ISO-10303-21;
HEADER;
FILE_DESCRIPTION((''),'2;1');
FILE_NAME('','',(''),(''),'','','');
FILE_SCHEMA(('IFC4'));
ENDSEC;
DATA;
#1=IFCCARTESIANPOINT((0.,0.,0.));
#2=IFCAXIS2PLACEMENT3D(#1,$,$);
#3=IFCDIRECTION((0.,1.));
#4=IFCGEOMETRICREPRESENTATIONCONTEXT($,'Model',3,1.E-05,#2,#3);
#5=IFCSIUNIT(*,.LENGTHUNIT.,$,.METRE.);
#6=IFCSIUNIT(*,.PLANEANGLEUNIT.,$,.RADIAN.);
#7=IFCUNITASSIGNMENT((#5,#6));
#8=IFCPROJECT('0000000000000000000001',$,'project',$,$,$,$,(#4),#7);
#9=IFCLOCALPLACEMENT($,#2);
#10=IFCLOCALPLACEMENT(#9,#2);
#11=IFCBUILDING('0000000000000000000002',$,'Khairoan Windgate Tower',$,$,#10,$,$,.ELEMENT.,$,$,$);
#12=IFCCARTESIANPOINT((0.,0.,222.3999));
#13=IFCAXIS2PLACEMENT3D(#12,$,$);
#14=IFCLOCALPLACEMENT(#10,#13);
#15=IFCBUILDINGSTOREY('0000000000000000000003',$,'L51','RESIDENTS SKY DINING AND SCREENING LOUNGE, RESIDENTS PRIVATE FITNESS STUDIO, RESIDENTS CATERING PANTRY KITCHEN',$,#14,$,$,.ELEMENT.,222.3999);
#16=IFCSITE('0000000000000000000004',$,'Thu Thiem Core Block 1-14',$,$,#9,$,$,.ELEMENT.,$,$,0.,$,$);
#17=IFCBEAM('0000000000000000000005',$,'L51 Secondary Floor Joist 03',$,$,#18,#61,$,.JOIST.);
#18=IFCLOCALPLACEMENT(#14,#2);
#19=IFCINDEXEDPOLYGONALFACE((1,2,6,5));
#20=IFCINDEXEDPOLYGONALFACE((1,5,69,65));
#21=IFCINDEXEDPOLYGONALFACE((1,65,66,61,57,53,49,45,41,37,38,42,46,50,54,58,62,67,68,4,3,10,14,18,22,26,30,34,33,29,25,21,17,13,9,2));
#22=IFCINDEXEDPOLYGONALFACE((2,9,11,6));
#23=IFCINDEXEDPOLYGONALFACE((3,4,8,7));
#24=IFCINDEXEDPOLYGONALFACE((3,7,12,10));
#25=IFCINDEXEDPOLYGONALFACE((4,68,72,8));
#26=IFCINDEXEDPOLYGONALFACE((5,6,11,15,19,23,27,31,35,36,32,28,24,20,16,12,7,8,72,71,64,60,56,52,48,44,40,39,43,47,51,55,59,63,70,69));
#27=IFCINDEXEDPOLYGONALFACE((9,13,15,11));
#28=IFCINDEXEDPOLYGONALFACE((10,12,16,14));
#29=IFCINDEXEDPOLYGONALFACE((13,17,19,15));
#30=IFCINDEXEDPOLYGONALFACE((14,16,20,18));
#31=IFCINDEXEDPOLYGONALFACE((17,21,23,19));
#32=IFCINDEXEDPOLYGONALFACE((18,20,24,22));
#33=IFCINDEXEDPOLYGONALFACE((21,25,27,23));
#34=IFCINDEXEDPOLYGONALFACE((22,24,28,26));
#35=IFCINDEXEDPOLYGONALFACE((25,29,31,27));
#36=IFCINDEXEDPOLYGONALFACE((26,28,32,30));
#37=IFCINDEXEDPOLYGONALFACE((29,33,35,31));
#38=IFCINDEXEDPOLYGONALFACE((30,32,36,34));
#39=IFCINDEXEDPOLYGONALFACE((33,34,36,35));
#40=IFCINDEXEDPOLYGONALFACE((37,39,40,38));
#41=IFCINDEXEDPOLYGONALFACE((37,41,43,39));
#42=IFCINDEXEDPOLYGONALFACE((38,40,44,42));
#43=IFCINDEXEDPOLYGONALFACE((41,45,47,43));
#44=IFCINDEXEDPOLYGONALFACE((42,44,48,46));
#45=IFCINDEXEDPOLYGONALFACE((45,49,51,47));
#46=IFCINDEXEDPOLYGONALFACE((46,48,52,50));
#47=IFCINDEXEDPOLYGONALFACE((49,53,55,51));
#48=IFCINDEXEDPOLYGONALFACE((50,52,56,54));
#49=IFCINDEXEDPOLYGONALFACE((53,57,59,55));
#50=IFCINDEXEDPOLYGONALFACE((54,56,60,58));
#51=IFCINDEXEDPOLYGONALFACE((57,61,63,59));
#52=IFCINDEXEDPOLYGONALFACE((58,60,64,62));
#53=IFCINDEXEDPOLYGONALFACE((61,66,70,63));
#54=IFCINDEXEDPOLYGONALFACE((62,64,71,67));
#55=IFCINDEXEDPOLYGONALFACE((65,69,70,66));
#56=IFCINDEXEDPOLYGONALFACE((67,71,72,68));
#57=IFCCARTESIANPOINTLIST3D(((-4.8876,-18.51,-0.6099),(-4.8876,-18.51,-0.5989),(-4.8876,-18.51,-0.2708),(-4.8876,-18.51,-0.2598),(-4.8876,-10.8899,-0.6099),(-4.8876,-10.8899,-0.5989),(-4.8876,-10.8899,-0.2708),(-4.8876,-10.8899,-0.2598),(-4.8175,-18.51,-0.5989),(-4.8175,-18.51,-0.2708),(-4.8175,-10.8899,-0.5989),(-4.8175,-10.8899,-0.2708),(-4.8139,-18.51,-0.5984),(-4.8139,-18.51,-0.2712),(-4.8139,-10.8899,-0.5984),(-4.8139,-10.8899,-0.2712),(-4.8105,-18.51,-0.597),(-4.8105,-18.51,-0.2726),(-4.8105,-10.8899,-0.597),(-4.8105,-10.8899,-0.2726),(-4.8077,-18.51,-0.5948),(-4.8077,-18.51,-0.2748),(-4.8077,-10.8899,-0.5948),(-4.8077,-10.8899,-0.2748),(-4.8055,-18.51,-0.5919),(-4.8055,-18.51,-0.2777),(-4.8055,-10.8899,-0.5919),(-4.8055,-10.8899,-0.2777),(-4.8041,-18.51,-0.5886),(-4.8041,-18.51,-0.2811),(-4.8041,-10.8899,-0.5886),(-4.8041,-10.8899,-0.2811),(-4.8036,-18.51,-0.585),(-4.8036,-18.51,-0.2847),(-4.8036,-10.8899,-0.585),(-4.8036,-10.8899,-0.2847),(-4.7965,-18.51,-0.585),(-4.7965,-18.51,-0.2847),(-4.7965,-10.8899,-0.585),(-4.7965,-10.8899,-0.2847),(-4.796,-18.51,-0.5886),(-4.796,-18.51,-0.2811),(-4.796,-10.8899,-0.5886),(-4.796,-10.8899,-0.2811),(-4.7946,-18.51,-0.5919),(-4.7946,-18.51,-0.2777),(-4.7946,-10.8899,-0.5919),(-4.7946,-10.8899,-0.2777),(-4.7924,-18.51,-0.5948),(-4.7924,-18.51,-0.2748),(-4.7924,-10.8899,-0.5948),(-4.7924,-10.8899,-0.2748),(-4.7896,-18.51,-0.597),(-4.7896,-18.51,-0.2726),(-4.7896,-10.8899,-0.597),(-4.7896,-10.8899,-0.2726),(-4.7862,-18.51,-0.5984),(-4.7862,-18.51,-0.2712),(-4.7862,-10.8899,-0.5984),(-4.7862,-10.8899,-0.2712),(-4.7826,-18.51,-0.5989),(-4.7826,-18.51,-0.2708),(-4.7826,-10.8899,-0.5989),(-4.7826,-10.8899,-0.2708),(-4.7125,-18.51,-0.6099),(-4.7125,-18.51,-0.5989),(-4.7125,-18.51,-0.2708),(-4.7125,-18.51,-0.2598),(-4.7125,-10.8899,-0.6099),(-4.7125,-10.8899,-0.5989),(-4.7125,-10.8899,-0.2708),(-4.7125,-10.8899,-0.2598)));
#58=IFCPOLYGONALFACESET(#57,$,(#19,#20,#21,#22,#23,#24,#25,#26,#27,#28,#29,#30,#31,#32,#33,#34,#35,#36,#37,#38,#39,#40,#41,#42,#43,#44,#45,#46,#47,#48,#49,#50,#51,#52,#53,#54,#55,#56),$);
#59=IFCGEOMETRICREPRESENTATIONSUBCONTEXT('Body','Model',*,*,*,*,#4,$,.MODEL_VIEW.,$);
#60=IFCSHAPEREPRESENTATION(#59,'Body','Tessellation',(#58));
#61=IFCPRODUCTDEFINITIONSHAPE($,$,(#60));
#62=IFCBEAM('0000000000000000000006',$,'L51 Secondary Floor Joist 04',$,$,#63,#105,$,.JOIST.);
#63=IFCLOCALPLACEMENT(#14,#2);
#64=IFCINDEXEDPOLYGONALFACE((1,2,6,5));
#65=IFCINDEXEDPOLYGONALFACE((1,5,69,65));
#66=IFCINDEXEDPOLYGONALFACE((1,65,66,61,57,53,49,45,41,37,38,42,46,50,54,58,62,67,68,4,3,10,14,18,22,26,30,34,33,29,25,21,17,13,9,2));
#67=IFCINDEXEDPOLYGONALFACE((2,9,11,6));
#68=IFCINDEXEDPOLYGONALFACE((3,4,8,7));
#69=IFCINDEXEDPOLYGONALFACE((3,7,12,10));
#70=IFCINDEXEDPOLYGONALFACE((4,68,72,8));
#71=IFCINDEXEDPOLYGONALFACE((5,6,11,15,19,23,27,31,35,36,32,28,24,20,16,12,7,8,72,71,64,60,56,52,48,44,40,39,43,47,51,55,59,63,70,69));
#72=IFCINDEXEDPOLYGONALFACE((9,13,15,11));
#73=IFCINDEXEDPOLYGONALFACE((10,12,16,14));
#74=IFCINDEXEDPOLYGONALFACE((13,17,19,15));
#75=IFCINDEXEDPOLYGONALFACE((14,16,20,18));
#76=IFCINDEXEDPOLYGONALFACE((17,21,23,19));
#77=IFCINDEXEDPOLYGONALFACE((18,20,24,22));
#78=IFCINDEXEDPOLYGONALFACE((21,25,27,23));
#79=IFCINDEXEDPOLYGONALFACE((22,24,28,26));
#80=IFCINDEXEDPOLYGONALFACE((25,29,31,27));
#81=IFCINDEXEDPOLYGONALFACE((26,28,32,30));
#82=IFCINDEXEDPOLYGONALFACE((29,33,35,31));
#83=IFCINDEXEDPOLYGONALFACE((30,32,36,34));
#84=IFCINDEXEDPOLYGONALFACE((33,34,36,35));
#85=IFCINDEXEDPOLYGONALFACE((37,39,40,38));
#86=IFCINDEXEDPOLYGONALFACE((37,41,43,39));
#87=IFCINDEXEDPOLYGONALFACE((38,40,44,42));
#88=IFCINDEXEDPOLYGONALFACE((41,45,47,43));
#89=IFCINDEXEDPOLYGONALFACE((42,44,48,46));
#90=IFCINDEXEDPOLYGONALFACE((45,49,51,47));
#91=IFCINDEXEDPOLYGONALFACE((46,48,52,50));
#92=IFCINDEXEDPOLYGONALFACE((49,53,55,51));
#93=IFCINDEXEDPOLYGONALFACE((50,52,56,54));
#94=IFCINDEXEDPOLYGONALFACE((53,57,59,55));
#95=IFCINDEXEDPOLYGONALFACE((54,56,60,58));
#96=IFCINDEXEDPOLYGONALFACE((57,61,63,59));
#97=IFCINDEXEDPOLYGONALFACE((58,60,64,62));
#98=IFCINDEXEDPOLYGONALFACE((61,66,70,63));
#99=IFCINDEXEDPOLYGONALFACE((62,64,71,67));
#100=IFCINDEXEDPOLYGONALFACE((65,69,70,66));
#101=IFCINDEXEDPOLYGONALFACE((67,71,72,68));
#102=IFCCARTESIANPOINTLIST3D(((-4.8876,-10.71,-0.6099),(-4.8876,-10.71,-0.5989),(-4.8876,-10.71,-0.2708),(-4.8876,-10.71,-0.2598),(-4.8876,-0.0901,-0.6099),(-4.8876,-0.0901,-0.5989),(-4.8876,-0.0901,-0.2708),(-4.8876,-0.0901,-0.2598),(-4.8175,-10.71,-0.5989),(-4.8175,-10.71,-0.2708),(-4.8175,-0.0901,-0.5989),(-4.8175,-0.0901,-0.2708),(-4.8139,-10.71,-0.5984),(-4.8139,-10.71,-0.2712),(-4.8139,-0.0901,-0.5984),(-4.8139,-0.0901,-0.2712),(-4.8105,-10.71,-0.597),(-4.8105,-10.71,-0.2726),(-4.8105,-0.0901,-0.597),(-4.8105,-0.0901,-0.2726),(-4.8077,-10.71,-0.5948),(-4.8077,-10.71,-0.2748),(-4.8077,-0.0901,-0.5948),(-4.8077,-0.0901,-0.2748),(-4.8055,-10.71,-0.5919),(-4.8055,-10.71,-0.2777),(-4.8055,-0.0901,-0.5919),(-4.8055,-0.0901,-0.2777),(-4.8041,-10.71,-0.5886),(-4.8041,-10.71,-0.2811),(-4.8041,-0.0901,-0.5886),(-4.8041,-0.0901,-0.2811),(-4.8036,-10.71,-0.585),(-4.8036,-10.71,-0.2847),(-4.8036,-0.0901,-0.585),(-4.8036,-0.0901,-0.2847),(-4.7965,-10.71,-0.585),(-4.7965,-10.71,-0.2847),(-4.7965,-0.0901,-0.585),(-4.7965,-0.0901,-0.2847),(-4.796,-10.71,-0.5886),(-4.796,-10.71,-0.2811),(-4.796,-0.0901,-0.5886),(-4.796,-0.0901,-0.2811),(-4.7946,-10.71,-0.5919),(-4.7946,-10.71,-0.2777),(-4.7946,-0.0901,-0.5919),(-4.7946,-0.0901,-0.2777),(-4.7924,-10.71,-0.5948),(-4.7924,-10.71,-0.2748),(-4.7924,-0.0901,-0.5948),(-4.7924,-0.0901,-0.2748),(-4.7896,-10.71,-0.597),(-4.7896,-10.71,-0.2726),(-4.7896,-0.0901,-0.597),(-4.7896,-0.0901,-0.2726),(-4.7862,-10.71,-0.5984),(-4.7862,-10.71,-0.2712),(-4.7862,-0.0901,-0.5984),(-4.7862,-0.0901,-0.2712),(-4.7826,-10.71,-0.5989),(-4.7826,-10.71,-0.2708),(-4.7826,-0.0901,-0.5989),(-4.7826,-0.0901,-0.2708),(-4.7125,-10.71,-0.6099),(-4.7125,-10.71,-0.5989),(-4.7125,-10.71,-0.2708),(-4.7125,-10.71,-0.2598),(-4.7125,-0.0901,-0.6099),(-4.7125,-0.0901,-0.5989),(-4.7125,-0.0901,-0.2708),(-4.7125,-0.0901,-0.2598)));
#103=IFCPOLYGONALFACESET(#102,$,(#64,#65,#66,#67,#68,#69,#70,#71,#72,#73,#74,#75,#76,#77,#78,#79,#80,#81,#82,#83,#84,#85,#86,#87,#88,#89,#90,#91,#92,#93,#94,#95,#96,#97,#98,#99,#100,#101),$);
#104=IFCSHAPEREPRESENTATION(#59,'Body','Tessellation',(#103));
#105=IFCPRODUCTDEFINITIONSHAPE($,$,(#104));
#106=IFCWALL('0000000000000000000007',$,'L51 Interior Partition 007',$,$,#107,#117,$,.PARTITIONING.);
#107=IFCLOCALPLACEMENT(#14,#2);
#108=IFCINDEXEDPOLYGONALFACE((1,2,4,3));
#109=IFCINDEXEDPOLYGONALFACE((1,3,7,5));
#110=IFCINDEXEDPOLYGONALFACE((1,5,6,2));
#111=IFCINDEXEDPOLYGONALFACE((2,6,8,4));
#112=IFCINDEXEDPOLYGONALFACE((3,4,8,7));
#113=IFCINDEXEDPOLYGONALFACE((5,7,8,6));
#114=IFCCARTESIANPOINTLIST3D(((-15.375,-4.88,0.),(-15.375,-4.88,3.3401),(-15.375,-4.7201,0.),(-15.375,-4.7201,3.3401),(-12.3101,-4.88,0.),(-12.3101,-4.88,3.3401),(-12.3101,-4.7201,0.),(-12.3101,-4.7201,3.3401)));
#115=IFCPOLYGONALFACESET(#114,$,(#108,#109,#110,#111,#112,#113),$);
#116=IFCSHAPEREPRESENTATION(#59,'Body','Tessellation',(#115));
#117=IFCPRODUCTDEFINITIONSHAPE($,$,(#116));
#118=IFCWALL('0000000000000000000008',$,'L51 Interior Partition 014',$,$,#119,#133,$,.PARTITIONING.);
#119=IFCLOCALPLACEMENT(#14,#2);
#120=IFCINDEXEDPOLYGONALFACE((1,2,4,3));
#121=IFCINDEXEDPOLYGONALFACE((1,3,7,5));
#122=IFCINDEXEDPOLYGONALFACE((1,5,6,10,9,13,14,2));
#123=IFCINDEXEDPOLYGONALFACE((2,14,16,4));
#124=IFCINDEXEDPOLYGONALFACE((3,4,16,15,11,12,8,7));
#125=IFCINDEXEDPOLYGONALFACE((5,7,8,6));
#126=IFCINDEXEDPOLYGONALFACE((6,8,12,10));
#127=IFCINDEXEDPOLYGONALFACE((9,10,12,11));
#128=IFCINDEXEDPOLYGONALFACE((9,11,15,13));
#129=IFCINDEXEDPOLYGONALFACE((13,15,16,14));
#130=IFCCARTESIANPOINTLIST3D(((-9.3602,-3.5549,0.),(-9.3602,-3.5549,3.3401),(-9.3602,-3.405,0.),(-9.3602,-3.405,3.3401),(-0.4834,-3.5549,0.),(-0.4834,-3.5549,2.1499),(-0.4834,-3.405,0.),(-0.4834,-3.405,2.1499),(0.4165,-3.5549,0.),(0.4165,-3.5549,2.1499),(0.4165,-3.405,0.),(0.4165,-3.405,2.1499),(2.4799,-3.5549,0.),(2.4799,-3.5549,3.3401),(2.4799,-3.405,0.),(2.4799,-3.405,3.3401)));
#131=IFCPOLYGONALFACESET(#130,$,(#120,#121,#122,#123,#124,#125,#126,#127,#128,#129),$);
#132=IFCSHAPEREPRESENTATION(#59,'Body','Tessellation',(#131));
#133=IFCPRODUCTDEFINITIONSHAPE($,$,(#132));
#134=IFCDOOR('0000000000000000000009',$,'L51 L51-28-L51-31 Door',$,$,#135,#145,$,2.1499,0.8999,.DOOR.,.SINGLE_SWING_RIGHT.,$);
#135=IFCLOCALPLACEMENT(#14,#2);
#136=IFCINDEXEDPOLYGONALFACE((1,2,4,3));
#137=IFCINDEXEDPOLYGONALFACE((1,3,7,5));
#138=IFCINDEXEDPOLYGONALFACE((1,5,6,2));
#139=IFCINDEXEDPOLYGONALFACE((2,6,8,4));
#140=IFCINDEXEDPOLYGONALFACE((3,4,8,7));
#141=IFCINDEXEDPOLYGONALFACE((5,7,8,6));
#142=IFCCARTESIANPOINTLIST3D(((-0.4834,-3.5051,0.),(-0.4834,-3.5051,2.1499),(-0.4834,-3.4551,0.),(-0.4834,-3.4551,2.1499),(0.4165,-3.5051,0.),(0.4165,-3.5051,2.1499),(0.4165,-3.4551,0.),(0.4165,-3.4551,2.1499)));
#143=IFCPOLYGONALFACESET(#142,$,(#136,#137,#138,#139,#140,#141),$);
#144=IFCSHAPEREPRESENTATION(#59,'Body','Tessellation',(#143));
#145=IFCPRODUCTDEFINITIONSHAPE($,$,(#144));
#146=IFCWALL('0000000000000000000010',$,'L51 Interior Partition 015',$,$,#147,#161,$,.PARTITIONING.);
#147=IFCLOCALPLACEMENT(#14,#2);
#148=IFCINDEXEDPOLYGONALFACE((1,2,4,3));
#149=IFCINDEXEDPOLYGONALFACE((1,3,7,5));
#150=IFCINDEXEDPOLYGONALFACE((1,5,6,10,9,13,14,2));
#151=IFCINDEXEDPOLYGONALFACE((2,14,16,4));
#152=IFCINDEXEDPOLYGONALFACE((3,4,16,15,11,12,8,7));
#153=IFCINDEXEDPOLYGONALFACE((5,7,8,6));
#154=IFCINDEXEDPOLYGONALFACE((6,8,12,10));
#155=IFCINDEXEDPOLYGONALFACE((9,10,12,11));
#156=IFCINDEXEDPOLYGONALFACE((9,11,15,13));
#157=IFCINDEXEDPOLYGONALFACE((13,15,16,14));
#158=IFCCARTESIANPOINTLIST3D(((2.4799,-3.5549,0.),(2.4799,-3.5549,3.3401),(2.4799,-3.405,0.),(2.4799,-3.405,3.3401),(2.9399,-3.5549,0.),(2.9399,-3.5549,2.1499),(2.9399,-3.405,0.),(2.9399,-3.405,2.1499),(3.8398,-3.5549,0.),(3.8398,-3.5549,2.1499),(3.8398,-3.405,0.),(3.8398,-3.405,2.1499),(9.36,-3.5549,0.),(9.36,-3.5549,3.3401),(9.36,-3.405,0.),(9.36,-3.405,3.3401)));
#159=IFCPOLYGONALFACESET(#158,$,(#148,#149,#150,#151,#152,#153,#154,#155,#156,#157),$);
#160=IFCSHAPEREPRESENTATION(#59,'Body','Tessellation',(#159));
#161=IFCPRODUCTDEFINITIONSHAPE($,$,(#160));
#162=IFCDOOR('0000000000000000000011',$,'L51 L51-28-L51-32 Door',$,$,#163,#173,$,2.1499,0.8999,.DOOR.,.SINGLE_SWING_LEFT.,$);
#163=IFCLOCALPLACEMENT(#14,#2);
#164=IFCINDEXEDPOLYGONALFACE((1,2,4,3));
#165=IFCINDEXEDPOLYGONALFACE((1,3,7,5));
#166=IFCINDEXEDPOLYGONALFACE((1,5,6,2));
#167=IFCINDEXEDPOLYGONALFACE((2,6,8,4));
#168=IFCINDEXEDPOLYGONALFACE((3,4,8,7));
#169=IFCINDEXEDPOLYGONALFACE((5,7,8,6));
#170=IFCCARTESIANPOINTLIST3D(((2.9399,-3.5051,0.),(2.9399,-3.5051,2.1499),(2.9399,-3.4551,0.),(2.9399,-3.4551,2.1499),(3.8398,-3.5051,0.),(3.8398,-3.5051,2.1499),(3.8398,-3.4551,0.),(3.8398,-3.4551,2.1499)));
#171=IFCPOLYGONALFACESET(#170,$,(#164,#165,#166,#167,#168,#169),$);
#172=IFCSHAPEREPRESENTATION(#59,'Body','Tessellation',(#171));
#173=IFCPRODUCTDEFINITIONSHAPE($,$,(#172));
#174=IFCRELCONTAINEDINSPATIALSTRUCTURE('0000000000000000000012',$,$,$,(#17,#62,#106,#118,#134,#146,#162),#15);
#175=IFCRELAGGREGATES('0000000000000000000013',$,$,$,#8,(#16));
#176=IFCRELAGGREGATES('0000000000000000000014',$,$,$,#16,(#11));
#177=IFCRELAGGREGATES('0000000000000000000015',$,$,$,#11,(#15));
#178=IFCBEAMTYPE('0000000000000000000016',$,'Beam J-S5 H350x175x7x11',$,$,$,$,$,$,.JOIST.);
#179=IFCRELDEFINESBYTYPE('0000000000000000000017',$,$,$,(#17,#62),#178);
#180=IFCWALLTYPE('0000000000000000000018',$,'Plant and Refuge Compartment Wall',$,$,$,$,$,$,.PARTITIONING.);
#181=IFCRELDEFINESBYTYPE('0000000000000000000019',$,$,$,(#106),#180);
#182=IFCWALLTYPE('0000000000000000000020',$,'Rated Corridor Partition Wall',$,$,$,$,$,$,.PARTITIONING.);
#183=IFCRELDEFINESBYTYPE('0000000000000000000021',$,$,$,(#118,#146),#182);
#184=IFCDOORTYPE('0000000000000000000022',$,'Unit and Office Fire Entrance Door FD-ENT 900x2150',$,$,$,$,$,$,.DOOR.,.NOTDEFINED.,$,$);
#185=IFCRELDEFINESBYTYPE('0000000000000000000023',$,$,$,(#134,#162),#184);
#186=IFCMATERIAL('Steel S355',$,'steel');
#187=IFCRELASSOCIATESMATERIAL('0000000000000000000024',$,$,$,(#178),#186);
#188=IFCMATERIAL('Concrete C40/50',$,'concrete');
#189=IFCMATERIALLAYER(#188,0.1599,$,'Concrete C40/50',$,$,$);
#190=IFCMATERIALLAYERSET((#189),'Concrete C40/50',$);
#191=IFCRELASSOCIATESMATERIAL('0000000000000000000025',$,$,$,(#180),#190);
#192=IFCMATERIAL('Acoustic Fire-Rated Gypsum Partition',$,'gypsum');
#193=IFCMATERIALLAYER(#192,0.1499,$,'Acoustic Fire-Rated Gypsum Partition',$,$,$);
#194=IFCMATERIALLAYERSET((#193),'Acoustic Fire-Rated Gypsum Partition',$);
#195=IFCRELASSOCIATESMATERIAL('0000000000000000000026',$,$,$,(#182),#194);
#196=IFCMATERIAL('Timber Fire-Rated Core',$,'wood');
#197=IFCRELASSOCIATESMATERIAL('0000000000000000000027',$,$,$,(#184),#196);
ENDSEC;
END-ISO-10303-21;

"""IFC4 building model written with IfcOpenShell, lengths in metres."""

from ifc_helpers import new_model, si_unit, direction, frame, frame_2d, origin, origin_2d, place, context, subcontext, project, spatial, rectangle, i_section, extrude, material, layer, layer_set, material_profile, profile_set, type_object, element, fill, save


model = new_model("IFC4")

# Units and contexts
model_context = context("Model", 3, precision=1e-05, world=origin(), true_north=direction((0.0, 1.0)))
body_context = subcontext(model_context, "Body", "Model", "MODEL_VIEW")
ifc_project = project(units=[si_unit("LENGTHUNIT", "METRE"), si_unit("PLANEANGLEUNIT", "RADIAN")], contexts=[model_context])

# Site, building, storey
site_placement = place(None, origin())
site = spatial("IfcSite", under=ifc_project, at=site_placement, Name="Thu Thiem Core Block 1-14", CompositionType="ELEMENT", RefElevation=0.0)
building_placement = place(site_placement, origin())
building = spatial("IfcBuilding", under=site, at=building_placement, Name="Khairoan Windgate Tower", CompositionType="ELEMENT")
storey_placement = place(building_placement, frame((0.0, 0.0, 222.3999)))
storey = spatial("IfcBuildingStorey", under=building, at=storey_placement, Name="L51", Description="RESIDENTS SKY DINING AND SCREENING LOUNGE, RESIDENTS PRIVATE FITNESS STUDIO, RESIDENTS CATERING PANTRY KITCHEN", CompositionType="ELEMENT", Elevation=222.3999)

# Beams
ifc_material_1 = material(Name="Steel S355", Category="steel")
ifc_material_profile_1 = material_profile(ifc_material_1, i_section(OverallWidth=0.175, OverallDepth=0.3501, WebThickness=0.0071, FlangeThickness=0.011, FilletRadius=0.0139, at=origin_2d()))
ifc_profile_set_1 = profile_set([ifc_material_profile_1], Name="Steel S355")
beam_type_1 = type_object("IfcBeamType", Name="Beam J-S5 H350x175x7x11", PredefinedType="JOIST", material=ifc_profile_set_1)
beam_1_placement = place(storey_placement, frame((-4.8, -18.51, -0.4348), z_axis=(0.0, 1.0, 0.0), x_axis=(-1.0, 0.0, 0.0)))
element("IfcBeam", 1, at=beam_1_placement, inside=storey, type_object=beam_type_1, Name="L51 Secondary Floor Joist 03", PredefinedType="JOIST", context=body_context, shape_type="SweptSolid", body=[
    extrude(i_section(OverallWidth=0.175, OverallDepth=0.3501, WebThickness=0.0071, FlangeThickness=0.011, FilletRadius=0.0139, at=origin_2d()), origin(), (0.0, 0.0, 1.0), 7.6201),
])
beam_2_placement = place(storey_placement, frame((-4.8, -10.71, -0.4348), z_axis=(0.0, 1.0, 0.0), x_axis=(-1.0, 0.0, 0.0)))
element("IfcBeam", 2, at=beam_2_placement, inside=storey, type_object=beam_type_1, Name="L51 Secondary Floor Joist 04", PredefinedType="JOIST", context=body_context, shape_type="SweptSolid", body=[
    extrude(i_section(OverallWidth=0.175, OverallDepth=0.3501, WebThickness=0.0071, FlangeThickness=0.011, FilletRadius=0.0139, at=origin_2d()), origin(), (0.0, 0.0, 1.0), 10.6199),
])

# Wall
ifc_material_2 = material(Name="Concrete C40/50", Category="concrete")
ifc_layer_1 = layer(ifc_material_2, 0.1599, Name="Concrete C40/50")
ifc_layer_set_1 = layer_set([ifc_layer_1], Name="Concrete C40/50")
wall_type_1 = type_object("IfcWallType", Name="Plant and Refuge Compartment Wall", PredefinedType="PARTITIONING", material=ifc_layer_set_1)
wall_1_placement = place(storey_placement, frame((-15.375, -4.8, 0.0), z_axis=(0.0, 0.0, 1.0), x_axis=(1.0, 0.0, 0.0)))
element("IfcWall", 3, at=wall_1_placement, inside=storey, type_object=wall_type_1, Name="L51 Interior Partition 007", PredefinedType="PARTITIONING", context=body_context, shape_type="SweptSolid", body=[
    extrude(rectangle(XDim=3.0649, YDim=0.1599, at=frame_2d((1.5325, 0.0))), origin(), (0.0, 0.0, 1.0), 3.3401),
])

# Walls, openings, doors
ifc_material_3 = material(Name="Acoustic Fire-Rated Gypsum Partition", Category="gypsum")
ifc_layer_2 = layer(ifc_material_3, 0.1499, Name="Acoustic Fire-Rated Gypsum Partition")
ifc_layer_set_2 = layer_set([ifc_layer_2], Name="Acoustic Fire-Rated Gypsum Partition")
wall_type_2 = type_object("IfcWallType", Name="Rated Corridor Partition Wall", PredefinedType="PARTITIONING", material=ifc_layer_set_2)
wall_2_placement = place(storey_placement, frame((-9.3601, -3.48, 0.0), z_axis=(0.0, 0.0, 1.0), x_axis=(1.0, 0.0, 0.0)))
wall_2 = element("IfcWall", 4, at=wall_2_placement, inside=storey, type_object=wall_type_2, Name="L51 Interior Partition 014", PredefinedType="PARTITIONING", context=body_context, shape_type="SweptSolid", body=[
    extrude(rectangle(XDim=11.8401, YDim=0.1499, at=frame_2d((5.9199, 0.0))), origin(), (0.0, 0.0, 1.0), 3.3401),
])
opening_1_placement = place(wall_2_placement, frame((8.8767, 0.0, 0.0)))
opening_1 = element("IfcOpeningElement", 5, at=opening_1_placement, cuts=wall_2, PredefinedType="OPENING", context=body_context, shape_type="SweptSolid", body=[
    extrude(rectangle(XDim=0.8999, YDim=2.1499, at=frame_2d((0.45, 1.075))), frame((0.0, 0.085, 0.0), z_axis=(0.0, -1.0, 0.0), x_axis=(1.0, 0.0, 0.0)), (0.0, 0.0, 1.0), 0.1699),
])
ifc_material_4 = material(Name="Timber Fire-Rated Core", Category="wood")
door_type_1 = type_object("IfcDoorType", Name="Unit and Office Fire Entrance Door FD-ENT 900x2150", OperationType="NOTDEFINED", PredefinedType="DOOR", material=ifc_material_4)
door_1_placement = place(opening_1_placement, origin())
door_1 = element("IfcDoor", 6, at=door_1_placement, inside=storey, type_object=door_type_1, Name="L51 L51-28-L51-31 Door", OperationType="SINGLE_SWING_RIGHT", OverallHeight=2.1499, OverallWidth=0.8999, PredefinedType="DOOR", context=body_context, shape_type="SweptSolid", body=[
    extrude(rectangle(XDim=0.8999, YDim=2.1499, at=frame_2d((0.45, 1.075))), frame((0.0, 0.0249, 0.0), z_axis=(0.0, -1.0, 0.0), x_axis=(1.0, 0.0, 0.0)), (0.0, 0.0, 1.0), 0.05),
])
fill(opening_1, door_1)
wall_3_placement = place(storey_placement, frame((2.48, -3.48, 0.0), z_axis=(0.0, 0.0, 1.0), x_axis=(1.0, 0.0, 0.0)))
wall_3 = element("IfcWall", 7, at=wall_3_placement, inside=storey, type_object=wall_type_2, Name="L51 Interior Partition 015", PredefinedType="PARTITIONING", context=body_context, shape_type="SweptSolid", body=[
    extrude(rectangle(XDim=6.8801, YDim=0.1499, at=frame_2d((3.4399, 0.0))), origin(), (0.0, 0.0, 1.0), 3.3401),
])
opening_2_placement = place(wall_3_placement, frame((0.46, 0.0, 0.0)))
opening_2 = element("IfcOpeningElement", 8, at=opening_2_placement, cuts=wall_3, PredefinedType="OPENING", context=body_context, shape_type="SweptSolid", body=[
    extrude(rectangle(XDim=0.8999, YDim=2.1499, at=frame_2d((0.45, 1.075))), frame((0.0, 0.085, 0.0), z_axis=(0.0, -1.0, 0.0), x_axis=(1.0, 0.0, 0.0)), (0.0, 0.0, 1.0), 0.1699),
])
door_2_placement = place(opening_2_placement, origin())
door_2 = element("IfcDoor", 9, at=door_2_placement, inside=storey, type_object=door_type_1, Name="L51 L51-28-L51-32 Door", OperationType="SINGLE_SWING_LEFT", OverallHeight=2.1499, OverallWidth=0.8999, PredefinedType="DOOR", context=body_context, shape_type="SweptSolid", body=[
    extrude(rectangle(XDim=0.8999, YDim=2.1499, at=frame_2d((0.45, 1.075))), frame((0.0, 0.0249, 0.0), z_axis=(0.0, -1.0, 0.0), x_axis=(1.0, 0.0, 0.0)), (0.0, 0.0, 1.0), 0.05),
])
fill(opening_2, door_2)

save(model, "model.ifc")
